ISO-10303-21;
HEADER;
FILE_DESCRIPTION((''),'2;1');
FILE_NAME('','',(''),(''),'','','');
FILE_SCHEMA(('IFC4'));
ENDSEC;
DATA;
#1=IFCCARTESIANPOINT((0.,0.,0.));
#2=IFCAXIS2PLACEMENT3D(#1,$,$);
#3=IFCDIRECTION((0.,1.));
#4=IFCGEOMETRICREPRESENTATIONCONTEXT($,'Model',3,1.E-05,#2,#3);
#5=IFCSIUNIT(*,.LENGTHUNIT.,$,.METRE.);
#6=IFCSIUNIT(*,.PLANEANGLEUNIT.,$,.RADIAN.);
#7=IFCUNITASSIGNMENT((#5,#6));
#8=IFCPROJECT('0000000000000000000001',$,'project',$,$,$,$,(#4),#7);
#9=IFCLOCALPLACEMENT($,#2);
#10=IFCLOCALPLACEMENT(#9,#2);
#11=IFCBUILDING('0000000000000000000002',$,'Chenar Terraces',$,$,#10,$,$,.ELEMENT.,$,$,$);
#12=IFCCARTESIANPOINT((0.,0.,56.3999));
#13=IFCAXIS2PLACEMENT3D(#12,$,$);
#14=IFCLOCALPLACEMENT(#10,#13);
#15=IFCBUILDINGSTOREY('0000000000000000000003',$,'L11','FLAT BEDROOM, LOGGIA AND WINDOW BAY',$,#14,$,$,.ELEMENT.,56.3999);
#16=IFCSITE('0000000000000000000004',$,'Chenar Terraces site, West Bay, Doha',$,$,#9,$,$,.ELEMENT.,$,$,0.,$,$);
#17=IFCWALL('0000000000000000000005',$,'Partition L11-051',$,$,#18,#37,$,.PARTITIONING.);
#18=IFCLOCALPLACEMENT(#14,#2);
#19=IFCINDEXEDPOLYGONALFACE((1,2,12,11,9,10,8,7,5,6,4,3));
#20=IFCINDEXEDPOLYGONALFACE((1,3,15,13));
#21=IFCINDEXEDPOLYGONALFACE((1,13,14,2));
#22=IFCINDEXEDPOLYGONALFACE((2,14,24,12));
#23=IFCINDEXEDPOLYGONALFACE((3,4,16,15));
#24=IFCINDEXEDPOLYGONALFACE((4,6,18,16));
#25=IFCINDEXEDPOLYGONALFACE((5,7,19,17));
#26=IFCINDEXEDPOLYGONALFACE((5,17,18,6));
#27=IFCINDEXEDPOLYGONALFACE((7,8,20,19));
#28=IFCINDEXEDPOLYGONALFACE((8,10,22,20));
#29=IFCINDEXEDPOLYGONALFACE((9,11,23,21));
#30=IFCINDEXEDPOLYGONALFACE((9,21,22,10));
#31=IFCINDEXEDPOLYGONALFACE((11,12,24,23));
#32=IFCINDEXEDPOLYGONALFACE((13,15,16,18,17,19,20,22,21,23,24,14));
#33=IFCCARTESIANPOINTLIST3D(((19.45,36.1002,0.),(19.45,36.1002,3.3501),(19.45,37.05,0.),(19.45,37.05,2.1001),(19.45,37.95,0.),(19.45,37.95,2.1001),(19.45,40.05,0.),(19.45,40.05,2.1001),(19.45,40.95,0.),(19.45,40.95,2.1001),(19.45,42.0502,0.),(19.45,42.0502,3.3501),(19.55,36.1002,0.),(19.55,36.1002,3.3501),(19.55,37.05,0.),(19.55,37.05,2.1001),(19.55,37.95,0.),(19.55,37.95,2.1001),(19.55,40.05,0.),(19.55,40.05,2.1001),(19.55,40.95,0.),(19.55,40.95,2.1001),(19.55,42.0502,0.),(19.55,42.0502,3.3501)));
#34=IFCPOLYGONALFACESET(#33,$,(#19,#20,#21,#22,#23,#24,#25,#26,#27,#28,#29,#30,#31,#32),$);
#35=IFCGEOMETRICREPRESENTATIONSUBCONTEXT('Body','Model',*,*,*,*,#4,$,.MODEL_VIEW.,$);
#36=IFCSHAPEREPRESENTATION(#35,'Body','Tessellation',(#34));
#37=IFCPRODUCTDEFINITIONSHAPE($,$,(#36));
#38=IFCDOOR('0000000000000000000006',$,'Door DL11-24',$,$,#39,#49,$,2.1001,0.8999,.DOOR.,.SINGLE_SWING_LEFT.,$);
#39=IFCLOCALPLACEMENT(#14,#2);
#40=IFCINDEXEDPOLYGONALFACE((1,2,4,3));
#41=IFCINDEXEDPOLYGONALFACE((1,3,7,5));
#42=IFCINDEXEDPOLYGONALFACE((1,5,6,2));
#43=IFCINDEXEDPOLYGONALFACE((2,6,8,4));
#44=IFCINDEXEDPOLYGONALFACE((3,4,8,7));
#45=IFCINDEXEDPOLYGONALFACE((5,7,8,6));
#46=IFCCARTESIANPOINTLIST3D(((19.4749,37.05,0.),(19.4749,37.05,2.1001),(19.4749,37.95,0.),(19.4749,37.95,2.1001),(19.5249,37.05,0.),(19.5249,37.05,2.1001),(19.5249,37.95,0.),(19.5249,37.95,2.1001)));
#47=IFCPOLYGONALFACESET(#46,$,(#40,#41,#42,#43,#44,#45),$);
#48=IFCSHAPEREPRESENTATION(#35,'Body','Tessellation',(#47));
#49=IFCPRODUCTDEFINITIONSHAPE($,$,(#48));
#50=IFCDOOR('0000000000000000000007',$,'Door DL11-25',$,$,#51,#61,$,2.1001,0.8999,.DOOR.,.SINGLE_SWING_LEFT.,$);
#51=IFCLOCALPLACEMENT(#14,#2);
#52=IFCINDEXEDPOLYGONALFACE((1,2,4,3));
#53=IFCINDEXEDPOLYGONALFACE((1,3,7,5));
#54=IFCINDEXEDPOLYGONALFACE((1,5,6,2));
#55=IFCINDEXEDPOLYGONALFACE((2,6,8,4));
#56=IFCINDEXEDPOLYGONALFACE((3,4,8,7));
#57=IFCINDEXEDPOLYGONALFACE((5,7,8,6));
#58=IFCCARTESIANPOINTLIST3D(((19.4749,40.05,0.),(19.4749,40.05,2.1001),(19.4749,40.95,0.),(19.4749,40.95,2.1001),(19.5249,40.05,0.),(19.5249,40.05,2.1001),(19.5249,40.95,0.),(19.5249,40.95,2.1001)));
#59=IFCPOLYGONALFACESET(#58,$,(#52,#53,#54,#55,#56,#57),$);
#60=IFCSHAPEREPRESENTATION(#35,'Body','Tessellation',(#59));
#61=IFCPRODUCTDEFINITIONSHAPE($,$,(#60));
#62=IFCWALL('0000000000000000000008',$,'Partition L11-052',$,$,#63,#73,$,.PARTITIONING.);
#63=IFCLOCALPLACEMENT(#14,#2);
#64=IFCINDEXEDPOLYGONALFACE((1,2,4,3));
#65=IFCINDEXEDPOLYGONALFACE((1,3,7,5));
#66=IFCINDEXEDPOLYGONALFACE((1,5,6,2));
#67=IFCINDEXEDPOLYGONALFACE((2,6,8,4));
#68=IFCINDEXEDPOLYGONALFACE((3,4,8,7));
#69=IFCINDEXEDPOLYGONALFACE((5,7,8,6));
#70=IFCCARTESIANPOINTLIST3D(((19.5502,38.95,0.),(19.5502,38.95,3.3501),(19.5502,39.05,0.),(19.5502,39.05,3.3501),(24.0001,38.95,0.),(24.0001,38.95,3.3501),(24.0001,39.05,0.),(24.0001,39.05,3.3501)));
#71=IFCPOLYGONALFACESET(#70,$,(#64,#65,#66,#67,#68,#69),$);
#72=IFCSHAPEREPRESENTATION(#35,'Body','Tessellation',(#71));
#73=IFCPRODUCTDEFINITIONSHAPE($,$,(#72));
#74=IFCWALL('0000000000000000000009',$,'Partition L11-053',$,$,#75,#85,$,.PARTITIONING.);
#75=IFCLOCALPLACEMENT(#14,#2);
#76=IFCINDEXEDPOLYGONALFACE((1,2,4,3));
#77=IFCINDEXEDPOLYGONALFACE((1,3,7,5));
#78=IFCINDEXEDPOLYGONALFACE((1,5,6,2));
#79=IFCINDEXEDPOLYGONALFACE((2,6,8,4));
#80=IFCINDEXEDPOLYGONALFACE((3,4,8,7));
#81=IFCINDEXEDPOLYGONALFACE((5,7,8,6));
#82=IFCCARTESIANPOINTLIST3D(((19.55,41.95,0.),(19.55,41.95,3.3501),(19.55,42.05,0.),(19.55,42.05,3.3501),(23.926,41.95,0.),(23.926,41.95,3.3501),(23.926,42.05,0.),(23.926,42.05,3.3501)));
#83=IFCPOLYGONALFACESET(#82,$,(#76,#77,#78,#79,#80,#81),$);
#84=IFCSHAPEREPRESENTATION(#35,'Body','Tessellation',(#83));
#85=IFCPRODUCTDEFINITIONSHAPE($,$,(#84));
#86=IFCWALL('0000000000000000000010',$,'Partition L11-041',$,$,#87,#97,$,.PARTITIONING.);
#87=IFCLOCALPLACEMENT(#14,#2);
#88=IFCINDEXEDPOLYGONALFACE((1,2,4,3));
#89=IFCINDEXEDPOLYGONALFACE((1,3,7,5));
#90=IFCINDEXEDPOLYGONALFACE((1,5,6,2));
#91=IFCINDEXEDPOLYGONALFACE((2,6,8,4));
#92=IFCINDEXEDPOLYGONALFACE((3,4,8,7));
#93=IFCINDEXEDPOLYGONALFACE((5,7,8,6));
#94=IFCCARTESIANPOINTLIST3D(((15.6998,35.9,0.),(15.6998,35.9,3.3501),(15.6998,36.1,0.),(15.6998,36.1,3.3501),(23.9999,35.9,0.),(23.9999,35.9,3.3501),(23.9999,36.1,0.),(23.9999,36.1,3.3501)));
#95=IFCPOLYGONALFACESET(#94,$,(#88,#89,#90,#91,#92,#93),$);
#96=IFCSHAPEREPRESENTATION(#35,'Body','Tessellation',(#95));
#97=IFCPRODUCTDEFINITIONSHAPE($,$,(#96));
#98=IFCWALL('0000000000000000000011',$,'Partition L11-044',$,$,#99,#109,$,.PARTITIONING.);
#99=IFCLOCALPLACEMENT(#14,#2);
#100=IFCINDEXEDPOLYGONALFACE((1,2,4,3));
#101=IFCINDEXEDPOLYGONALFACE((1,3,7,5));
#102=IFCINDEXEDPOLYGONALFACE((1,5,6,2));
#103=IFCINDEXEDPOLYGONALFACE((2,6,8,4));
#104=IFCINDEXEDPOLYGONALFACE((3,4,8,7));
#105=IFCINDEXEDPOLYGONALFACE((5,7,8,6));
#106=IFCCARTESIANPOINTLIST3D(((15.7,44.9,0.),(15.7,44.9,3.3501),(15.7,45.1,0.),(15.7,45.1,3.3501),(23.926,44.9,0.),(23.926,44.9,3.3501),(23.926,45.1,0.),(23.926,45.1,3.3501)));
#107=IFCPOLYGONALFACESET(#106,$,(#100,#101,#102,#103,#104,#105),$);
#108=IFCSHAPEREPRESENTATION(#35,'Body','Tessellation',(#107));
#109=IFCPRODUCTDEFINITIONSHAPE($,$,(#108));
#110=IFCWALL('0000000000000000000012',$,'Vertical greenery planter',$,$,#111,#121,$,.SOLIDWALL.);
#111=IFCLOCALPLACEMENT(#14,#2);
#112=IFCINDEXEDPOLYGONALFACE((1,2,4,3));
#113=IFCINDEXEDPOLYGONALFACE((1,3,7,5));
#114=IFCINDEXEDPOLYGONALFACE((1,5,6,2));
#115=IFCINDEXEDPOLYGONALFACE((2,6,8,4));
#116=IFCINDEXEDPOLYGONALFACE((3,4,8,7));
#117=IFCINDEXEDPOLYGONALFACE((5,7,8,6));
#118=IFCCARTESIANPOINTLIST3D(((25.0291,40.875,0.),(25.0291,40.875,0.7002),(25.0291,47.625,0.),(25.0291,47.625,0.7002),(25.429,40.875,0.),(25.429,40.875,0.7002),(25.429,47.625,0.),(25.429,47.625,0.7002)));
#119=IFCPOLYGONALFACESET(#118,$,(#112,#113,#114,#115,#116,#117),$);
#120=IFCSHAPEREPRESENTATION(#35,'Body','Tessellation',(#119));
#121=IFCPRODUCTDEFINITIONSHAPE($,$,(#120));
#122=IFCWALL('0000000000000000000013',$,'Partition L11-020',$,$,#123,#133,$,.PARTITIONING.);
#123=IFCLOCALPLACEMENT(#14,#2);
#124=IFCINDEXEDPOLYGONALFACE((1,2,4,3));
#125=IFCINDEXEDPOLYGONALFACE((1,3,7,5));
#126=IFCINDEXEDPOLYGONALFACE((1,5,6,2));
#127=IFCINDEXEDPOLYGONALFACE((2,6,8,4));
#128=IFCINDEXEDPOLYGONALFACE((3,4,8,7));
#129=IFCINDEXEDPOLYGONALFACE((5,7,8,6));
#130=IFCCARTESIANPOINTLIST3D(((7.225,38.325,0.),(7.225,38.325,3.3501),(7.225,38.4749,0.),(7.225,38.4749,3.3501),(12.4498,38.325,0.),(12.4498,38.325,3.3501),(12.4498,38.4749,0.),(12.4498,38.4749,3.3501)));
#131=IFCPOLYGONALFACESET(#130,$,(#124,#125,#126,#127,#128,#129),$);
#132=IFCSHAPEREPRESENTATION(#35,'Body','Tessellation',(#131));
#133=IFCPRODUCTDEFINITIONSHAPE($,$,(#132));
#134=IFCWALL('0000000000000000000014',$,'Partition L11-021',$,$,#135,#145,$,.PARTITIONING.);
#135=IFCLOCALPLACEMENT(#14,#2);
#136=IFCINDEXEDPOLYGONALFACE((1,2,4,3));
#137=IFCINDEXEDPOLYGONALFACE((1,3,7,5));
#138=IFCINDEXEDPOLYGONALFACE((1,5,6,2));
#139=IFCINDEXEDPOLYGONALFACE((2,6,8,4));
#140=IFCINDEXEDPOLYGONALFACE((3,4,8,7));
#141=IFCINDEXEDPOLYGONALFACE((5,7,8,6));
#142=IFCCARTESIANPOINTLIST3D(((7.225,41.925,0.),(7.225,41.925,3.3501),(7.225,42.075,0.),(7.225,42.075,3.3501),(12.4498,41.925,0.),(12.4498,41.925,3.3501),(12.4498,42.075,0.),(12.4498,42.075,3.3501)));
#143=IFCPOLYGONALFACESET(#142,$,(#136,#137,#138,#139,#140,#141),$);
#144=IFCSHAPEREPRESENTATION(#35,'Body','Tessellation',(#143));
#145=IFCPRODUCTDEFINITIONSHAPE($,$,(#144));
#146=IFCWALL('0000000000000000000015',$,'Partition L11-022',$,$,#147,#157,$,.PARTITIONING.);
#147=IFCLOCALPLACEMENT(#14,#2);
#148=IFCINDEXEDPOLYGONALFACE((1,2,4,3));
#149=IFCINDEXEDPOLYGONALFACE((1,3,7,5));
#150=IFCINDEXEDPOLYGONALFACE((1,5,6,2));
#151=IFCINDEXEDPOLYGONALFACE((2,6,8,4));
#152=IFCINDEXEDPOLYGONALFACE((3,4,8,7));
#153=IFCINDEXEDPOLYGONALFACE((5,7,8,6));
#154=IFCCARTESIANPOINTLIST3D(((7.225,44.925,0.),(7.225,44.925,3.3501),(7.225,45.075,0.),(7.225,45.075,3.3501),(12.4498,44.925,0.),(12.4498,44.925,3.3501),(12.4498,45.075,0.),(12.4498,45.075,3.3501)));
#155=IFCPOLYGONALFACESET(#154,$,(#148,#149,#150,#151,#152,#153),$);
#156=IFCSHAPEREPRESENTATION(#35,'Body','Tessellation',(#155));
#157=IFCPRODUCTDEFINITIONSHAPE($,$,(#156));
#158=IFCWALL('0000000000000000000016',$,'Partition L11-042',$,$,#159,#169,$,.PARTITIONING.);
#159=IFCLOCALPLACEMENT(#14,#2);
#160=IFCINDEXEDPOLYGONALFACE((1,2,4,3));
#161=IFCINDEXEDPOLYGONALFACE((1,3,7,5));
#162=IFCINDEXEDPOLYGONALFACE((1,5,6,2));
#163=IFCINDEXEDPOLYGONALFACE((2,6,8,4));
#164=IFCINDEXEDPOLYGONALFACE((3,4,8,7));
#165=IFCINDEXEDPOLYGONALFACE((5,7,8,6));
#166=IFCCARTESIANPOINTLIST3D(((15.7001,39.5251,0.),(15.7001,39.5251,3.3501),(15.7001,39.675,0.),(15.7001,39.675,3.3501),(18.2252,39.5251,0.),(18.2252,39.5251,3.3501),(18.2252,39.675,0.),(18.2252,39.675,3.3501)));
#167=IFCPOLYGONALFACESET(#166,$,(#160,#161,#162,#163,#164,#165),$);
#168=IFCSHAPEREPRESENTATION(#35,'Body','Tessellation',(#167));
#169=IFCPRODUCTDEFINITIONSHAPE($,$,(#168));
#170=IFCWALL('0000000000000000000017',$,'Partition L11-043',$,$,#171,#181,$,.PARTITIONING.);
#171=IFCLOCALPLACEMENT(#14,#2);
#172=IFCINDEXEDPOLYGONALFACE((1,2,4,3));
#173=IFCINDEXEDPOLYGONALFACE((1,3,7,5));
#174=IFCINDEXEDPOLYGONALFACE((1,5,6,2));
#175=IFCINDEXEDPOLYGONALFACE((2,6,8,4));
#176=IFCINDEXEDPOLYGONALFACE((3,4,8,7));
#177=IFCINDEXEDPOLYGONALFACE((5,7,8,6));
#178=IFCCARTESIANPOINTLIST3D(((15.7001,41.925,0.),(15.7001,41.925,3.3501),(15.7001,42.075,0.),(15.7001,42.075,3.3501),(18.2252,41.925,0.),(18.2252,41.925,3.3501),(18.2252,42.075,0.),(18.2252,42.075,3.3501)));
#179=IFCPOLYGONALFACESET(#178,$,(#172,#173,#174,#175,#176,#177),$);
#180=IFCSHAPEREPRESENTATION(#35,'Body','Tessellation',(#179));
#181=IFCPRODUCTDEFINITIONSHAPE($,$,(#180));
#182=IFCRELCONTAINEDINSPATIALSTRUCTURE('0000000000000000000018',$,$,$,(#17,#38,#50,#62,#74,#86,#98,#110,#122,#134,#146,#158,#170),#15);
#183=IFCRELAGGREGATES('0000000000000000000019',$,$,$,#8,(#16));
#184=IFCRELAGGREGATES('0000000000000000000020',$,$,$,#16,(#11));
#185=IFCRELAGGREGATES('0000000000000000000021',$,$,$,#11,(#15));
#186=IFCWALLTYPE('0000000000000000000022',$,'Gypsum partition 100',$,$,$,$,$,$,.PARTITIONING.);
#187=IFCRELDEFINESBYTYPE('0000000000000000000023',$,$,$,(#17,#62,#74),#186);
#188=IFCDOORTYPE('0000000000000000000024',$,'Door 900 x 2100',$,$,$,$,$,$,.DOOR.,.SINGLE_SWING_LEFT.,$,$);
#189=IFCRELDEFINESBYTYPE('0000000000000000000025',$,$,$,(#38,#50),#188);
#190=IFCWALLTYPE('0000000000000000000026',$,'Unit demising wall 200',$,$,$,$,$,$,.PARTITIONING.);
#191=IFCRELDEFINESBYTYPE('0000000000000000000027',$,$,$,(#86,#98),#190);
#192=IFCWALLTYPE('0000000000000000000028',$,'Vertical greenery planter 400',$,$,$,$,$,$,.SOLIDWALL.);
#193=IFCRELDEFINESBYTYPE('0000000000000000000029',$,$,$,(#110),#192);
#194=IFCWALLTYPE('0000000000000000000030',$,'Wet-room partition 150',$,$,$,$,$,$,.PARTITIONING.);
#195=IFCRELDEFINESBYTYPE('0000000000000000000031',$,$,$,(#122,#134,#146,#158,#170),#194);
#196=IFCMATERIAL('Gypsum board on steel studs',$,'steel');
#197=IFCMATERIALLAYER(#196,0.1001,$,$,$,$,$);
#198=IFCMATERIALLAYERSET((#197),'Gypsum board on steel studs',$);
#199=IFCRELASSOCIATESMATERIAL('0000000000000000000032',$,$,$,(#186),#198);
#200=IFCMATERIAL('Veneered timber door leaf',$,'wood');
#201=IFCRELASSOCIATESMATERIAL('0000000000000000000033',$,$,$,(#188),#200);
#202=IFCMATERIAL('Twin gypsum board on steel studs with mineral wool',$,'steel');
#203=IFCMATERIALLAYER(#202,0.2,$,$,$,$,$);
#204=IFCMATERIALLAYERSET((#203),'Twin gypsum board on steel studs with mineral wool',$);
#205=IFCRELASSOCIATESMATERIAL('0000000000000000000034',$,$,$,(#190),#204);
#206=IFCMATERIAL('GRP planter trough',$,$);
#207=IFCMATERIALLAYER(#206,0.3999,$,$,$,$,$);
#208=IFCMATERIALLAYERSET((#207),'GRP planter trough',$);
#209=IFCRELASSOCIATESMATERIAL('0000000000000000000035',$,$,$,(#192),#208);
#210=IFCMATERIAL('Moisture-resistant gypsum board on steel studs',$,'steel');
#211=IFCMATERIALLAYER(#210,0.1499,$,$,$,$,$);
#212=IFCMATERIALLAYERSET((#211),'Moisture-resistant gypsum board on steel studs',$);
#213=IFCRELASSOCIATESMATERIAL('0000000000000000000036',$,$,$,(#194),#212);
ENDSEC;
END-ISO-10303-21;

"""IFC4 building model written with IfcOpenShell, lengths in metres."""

from ifc_helpers import new_model, si_unit, direction, frame, frame_2d, origin, place, context, subcontext, project, spatial, rectangle, extrude, material, layer, layer_set, type_object, element, fill, save


model = new_model("IFC4")

# Units and contexts
model_context = context("Model", 3, precision=1e-05, world=origin(), true_north=direction((0.0, 1.0)))
body_context = subcontext(model_context, "Body", "Model", "MODEL_VIEW")
ifc_project = project(units=[si_unit("LENGTHUNIT", "METRE"), si_unit("PLANEANGLEUNIT", "RADIAN")], contexts=[model_context])

# Site, building, storey
site_placement = place(None, origin())
site = spatial("IfcSite", under=ifc_project, at=site_placement, Name="Chenar Terraces site, West Bay, Doha", CompositionType="ELEMENT", RefElevation=0.0)
building_placement = place(site_placement, origin())
building = spatial("IfcBuilding", under=site, at=building_placement, Name="Chenar Terraces", CompositionType="ELEMENT")
storey_placement = place(building_placement, frame((0.0, 0.0, 56.3999)))
storey = spatial("IfcBuildingStorey", under=building, at=storey_placement, Name="L11", Description="FLAT BEDROOM, LOGGIA AND WINDOW BAY", CompositionType="ELEMENT", Elevation=56.3999)

# Wall, openings, doors
ifc_material_1 = material(Name="Gypsum board on steel studs", Category="steel")
ifc_layer_1 = layer(ifc_material_1, 0.1001)
ifc_layer_set_1 = layer_set([ifc_layer_1], Name="Gypsum board on steel studs")
wall_type_1 = type_object("IfcWallType", Name="Gypsum partition 100", PredefinedType="PARTITIONING", material=ifc_layer_set_1)
wall_1_placement = place(storey_placement, frame((19.5, 36.1001, 0.0), z_axis=(0.0, 0.0, 1.0), x_axis=(0.0, 1.0, 0.0)))
wall_1 = element("IfcWall", 1, at=wall_1_placement, inside=storey, type_object=wall_type_1, Name="Partition L11-051", PredefinedType="PARTITIONING", context=body_context, shape_type="SweptSolid", body=[
    extrude(rectangle(XDim=5.95, YDim=0.1001, at=frame_2d((2.9751, 0.0))), origin(), (0.0, 0.0, 1.0), 3.3501),
])
opening_1_placement = place(wall_1_placement, frame((0.95, 0.0, 0.0)))
opening_1 = element("IfcOpeningElement", 2, at=opening_1_placement, cuts=wall_1, PredefinedType="OPENING", context=body_context, shape_type="SweptSolid", body=[
    extrude(rectangle(XDim=0.8999, YDim=2.1001, at=frame_2d((0.45, 1.05))), frame((0.0, 0.0601, 0.0), z_axis=(0.0, -1.0, 0.0), x_axis=(1.0, 0.0, 0.0)), (0.0, 0.0, 1.0), 0.1201),
])
opening_2_placement = place(wall_1_placement, frame((3.95, 0.0, 0.0)))
opening_2 = element("IfcOpeningElement", 3, at=opening_2_placement, cuts=wall_1, PredefinedType="OPENING", context=body_context, shape_type="SweptSolid", body=[
    extrude(rectangle(XDim=0.8999, YDim=2.1001, at=frame_2d((0.45, 1.05))), frame((0.0, 0.0601, 0.0), z_axis=(0.0, -1.0, 0.0), x_axis=(1.0, 0.0, 0.0)), (0.0, 0.0, 1.0), 0.1201),
])
ifc_material_2 = material(Name="Veneered timber door leaf", Category="wood")
door_type_1 = type_object("IfcDoorType", Name="Door 900 x 2100", OperationType="SINGLE_SWING_LEFT", PredefinedType="DOOR", material=ifc_material_2)
door_1_placement = place(opening_1_placement, frame((0.8999, 0.0, 0.0), z_axis=(0.0, 0.0, 1.0), x_axis=(-1.0, 0.0, 0.0)))
door_1 = element("IfcDoor", 4, at=door_1_placement, inside=storey, type_object=door_type_1, Name="Door DL11-24", OperationType="SINGLE_SWING_LEFT", OverallHeight=2.1001, OverallWidth=0.8999, PredefinedType="DOOR", context=body_context, shape_type="SweptSolid", body=[
    extrude(rectangle(XDim=0.8999, YDim=2.1001, at=frame_2d((0.45, 1.05))), frame((0.0, 0.0249, 0.0), z_axis=(0.0, -1.0, 0.0), x_axis=(1.0, 0.0, 0.0)), (0.0, 0.0, 1.0), 0.05),
])
fill(opening_1, door_1)
door_2_placement = place(opening_2_placement, frame((0.8999, 0.0, 0.0), z_axis=(0.0, 0.0, 1.0), x_axis=(-1.0, 0.0, 0.0)))
door_2 = element("IfcDoor", 5, at=door_2_placement, inside=storey, type_object=door_type_1, Name="Door DL11-25", OperationType="SINGLE_SWING_LEFT", OverallHeight=2.1001, OverallWidth=0.8999, PredefinedType="DOOR", context=body_context, shape_type="SweptSolid", body=[
    extrude(rectangle(XDim=0.8999, YDim=2.1001, at=frame_2d((0.45, 1.05))), frame((0.0, 0.0249, 0.0), z_axis=(0.0, -1.0, 0.0), x_axis=(1.0, 0.0, 0.0)), (0.0, 0.0, 1.0), 0.05),
])
fill(opening_2, door_2)

# Walls
wall_2_placement = place(storey_placement, frame((19.55, 39.0, 0.0), z_axis=(0.0, 0.0, 1.0), x_axis=(1.0, 0.0, 0.0)))
element("IfcWall", 6, at=wall_2_placement, inside=storey, type_object=wall_type_1, Name="Partition L11-052", PredefinedType="PARTITIONING", context=body_context, shape_type="SweptSolid", body=[
    extrude(rectangle(XDim=4.45, YDim=0.1001, at=frame_2d((2.2251, 0.0))), origin(), (0.0, 0.0, 1.0), 3.3501),
])
wall_3_placement = place(storey_placement, frame((19.55, 42.0, 0.0), z_axis=(0.0, 0.0, 1.0), x_axis=(1.0, 0.0, 0.0)))
element("IfcWall", 7, at=wall_3_placement, inside=storey, type_object=wall_type_1, Name="Partition L11-053", PredefinedType="PARTITIONING", context=body_context, shape_type="SweptSolid", body=[
    extrude(rectangle(XDim=4.376, YDim=0.1001, at=frame_2d((2.188, 0.0))), origin(), (0.0, 0.0, 1.0), 3.3501),
])
ifc_material_3 = material(Name="Twin gypsum board on steel studs with mineral wool", Category="steel")
ifc_layer_2 = layer(ifc_material_3, 0.2)
ifc_layer_set_2 = layer_set([ifc_layer_2], Name="Twin gypsum board on steel studs with mineral wool")
wall_type_2 = type_object("IfcWallType", Name="Unit demising wall 200", PredefinedType="PARTITIONING", material=ifc_layer_set_2)
wall_4_placement = place(storey_placement, frame((15.7, 36.0, 0.0), z_axis=(0.0, 0.0, 1.0), x_axis=(1.0, 0.0, 0.0)))
element("IfcWall", 8, at=wall_4_placement, inside=storey, type_object=wall_type_2, Name="Partition L11-041", PredefinedType="PARTITIONING", context=body_context, shape_type="SweptSolid", body=[
    extrude(rectangle(XDim=8.3, YDim=0.2, at=frame_2d((4.1499, 0.0))), origin(), (0.0, 0.0, 1.0), 3.3501),
])
wall_5_placement = place(storey_placement, frame((15.7, 45.0, 0.0), z_axis=(0.0, 0.0, 1.0), x_axis=(1.0, 0.0, 0.0)))
element("IfcWall", 9, at=wall_5_placement, inside=storey, type_object=wall_type_2, Name="Partition L11-044", PredefinedType="PARTITIONING", context=body_context, shape_type="SweptSolid", body=[
    extrude(rectangle(XDim=8.2261, YDim=0.2, at=frame_2d((4.113, 0.0))), origin(), (0.0, 0.0, 1.0), 3.3501),
])
ifc_material_4 = material(Name="GRP planter trough")
ifc_layer_3 = layer(ifc_material_4, 0.3999)
ifc_layer_set_3 = layer_set([ifc_layer_3], Name="GRP planter trough")
wall_type_3 = type_object("IfcWallType", Name="Vertical greenery planter 400", PredefinedType="SOLIDWALL", material=ifc_layer_set_3)
wall_6_placement = place(storey_placement, frame((25.229, 40.875, 0.0), z_axis=(0.0, 0.0, 1.0), x_axis=(0.0, 1.0, 0.0)))
element("IfcWall", 10, at=wall_6_placement, inside=storey, type_object=wall_type_3, Name="Vertical greenery planter", PredefinedType="SOLIDWALL", context=body_context, shape_type="SweptSolid", body=[
    extrude(rectangle(XDim=6.75, YDim=0.3999, at=frame_2d((3.375, 0.0))), origin(), (0.0, 0.0, 1.0), 0.7002),
])
ifc_material_5 = material(Name="Moisture-resistant gypsum board on steel studs", Category="steel")
ifc_layer_4 = layer(ifc_material_5, 0.1499)
ifc_layer_set_4 = layer_set([ifc_layer_4], Name="Moisture-resistant gypsum board on steel studs")
wall_type_4 = type_object("IfcWallType", Name="Wet-room partition 150", PredefinedType="PARTITIONING", material=ifc_layer_set_4)
for number, where, z_axis, x_axis, name in (
    (11, (7.2251, 38.3999, 0.0), (0.0, 0.0, 1.0), (1.0, 0.0, 0.0), "Partition L11-020"),
    (12, (7.2251, 42.0, 0.0), (0.0, 0.0, 1.0), (1.0, 0.0, 0.0), "Partition L11-021"),
    (13, (7.2251, 45.0, 0.0), (0.0, 0.0, 1.0), (1.0, 0.0, 0.0), "Partition L11-022"),
):
    element("IfcWall", number, at=place(storey_placement, frame(where, z_axis=z_axis, x_axis=x_axis)), inside=storey, type_object=wall_type_4, Name=name, PredefinedType="PARTITIONING", context=body_context, shape_type="SweptSolid", body=[
        extrude(rectangle(XDim=5.2249, YDim=0.1499, at=frame_2d((2.6123, 0.0))), origin(), (0.0, 0.0, 1.0), 3.3501),
    ])
for number, where, z_axis, x_axis, name in (
    (14, (15.7, 39.6001, 0.0), (0.0, 0.0, 1.0), (1.0, 0.0, 0.0), "Partition L11-042"),
    (15, (15.7, 42.0, 0.0), (0.0, 0.0, 1.0), (1.0, 0.0, 0.0), "Partition L11-043"),
):
    element("IfcWall", number, at=place(storey_placement, frame(where, z_axis=z_axis, x_axis=x_axis)), inside=storey, type_object=wall_type_4, Name=name, PredefinedType="PARTITIONING", context=body_context, shape_type="SweptSolid", body=[
        extrude(rectangle(XDim=2.5251, YDim=0.1499, at=frame_2d((1.2627, 0.0))), origin(), (0.0, 0.0, 1.0), 3.3501),
    ])

save(model, "model.ifc")
